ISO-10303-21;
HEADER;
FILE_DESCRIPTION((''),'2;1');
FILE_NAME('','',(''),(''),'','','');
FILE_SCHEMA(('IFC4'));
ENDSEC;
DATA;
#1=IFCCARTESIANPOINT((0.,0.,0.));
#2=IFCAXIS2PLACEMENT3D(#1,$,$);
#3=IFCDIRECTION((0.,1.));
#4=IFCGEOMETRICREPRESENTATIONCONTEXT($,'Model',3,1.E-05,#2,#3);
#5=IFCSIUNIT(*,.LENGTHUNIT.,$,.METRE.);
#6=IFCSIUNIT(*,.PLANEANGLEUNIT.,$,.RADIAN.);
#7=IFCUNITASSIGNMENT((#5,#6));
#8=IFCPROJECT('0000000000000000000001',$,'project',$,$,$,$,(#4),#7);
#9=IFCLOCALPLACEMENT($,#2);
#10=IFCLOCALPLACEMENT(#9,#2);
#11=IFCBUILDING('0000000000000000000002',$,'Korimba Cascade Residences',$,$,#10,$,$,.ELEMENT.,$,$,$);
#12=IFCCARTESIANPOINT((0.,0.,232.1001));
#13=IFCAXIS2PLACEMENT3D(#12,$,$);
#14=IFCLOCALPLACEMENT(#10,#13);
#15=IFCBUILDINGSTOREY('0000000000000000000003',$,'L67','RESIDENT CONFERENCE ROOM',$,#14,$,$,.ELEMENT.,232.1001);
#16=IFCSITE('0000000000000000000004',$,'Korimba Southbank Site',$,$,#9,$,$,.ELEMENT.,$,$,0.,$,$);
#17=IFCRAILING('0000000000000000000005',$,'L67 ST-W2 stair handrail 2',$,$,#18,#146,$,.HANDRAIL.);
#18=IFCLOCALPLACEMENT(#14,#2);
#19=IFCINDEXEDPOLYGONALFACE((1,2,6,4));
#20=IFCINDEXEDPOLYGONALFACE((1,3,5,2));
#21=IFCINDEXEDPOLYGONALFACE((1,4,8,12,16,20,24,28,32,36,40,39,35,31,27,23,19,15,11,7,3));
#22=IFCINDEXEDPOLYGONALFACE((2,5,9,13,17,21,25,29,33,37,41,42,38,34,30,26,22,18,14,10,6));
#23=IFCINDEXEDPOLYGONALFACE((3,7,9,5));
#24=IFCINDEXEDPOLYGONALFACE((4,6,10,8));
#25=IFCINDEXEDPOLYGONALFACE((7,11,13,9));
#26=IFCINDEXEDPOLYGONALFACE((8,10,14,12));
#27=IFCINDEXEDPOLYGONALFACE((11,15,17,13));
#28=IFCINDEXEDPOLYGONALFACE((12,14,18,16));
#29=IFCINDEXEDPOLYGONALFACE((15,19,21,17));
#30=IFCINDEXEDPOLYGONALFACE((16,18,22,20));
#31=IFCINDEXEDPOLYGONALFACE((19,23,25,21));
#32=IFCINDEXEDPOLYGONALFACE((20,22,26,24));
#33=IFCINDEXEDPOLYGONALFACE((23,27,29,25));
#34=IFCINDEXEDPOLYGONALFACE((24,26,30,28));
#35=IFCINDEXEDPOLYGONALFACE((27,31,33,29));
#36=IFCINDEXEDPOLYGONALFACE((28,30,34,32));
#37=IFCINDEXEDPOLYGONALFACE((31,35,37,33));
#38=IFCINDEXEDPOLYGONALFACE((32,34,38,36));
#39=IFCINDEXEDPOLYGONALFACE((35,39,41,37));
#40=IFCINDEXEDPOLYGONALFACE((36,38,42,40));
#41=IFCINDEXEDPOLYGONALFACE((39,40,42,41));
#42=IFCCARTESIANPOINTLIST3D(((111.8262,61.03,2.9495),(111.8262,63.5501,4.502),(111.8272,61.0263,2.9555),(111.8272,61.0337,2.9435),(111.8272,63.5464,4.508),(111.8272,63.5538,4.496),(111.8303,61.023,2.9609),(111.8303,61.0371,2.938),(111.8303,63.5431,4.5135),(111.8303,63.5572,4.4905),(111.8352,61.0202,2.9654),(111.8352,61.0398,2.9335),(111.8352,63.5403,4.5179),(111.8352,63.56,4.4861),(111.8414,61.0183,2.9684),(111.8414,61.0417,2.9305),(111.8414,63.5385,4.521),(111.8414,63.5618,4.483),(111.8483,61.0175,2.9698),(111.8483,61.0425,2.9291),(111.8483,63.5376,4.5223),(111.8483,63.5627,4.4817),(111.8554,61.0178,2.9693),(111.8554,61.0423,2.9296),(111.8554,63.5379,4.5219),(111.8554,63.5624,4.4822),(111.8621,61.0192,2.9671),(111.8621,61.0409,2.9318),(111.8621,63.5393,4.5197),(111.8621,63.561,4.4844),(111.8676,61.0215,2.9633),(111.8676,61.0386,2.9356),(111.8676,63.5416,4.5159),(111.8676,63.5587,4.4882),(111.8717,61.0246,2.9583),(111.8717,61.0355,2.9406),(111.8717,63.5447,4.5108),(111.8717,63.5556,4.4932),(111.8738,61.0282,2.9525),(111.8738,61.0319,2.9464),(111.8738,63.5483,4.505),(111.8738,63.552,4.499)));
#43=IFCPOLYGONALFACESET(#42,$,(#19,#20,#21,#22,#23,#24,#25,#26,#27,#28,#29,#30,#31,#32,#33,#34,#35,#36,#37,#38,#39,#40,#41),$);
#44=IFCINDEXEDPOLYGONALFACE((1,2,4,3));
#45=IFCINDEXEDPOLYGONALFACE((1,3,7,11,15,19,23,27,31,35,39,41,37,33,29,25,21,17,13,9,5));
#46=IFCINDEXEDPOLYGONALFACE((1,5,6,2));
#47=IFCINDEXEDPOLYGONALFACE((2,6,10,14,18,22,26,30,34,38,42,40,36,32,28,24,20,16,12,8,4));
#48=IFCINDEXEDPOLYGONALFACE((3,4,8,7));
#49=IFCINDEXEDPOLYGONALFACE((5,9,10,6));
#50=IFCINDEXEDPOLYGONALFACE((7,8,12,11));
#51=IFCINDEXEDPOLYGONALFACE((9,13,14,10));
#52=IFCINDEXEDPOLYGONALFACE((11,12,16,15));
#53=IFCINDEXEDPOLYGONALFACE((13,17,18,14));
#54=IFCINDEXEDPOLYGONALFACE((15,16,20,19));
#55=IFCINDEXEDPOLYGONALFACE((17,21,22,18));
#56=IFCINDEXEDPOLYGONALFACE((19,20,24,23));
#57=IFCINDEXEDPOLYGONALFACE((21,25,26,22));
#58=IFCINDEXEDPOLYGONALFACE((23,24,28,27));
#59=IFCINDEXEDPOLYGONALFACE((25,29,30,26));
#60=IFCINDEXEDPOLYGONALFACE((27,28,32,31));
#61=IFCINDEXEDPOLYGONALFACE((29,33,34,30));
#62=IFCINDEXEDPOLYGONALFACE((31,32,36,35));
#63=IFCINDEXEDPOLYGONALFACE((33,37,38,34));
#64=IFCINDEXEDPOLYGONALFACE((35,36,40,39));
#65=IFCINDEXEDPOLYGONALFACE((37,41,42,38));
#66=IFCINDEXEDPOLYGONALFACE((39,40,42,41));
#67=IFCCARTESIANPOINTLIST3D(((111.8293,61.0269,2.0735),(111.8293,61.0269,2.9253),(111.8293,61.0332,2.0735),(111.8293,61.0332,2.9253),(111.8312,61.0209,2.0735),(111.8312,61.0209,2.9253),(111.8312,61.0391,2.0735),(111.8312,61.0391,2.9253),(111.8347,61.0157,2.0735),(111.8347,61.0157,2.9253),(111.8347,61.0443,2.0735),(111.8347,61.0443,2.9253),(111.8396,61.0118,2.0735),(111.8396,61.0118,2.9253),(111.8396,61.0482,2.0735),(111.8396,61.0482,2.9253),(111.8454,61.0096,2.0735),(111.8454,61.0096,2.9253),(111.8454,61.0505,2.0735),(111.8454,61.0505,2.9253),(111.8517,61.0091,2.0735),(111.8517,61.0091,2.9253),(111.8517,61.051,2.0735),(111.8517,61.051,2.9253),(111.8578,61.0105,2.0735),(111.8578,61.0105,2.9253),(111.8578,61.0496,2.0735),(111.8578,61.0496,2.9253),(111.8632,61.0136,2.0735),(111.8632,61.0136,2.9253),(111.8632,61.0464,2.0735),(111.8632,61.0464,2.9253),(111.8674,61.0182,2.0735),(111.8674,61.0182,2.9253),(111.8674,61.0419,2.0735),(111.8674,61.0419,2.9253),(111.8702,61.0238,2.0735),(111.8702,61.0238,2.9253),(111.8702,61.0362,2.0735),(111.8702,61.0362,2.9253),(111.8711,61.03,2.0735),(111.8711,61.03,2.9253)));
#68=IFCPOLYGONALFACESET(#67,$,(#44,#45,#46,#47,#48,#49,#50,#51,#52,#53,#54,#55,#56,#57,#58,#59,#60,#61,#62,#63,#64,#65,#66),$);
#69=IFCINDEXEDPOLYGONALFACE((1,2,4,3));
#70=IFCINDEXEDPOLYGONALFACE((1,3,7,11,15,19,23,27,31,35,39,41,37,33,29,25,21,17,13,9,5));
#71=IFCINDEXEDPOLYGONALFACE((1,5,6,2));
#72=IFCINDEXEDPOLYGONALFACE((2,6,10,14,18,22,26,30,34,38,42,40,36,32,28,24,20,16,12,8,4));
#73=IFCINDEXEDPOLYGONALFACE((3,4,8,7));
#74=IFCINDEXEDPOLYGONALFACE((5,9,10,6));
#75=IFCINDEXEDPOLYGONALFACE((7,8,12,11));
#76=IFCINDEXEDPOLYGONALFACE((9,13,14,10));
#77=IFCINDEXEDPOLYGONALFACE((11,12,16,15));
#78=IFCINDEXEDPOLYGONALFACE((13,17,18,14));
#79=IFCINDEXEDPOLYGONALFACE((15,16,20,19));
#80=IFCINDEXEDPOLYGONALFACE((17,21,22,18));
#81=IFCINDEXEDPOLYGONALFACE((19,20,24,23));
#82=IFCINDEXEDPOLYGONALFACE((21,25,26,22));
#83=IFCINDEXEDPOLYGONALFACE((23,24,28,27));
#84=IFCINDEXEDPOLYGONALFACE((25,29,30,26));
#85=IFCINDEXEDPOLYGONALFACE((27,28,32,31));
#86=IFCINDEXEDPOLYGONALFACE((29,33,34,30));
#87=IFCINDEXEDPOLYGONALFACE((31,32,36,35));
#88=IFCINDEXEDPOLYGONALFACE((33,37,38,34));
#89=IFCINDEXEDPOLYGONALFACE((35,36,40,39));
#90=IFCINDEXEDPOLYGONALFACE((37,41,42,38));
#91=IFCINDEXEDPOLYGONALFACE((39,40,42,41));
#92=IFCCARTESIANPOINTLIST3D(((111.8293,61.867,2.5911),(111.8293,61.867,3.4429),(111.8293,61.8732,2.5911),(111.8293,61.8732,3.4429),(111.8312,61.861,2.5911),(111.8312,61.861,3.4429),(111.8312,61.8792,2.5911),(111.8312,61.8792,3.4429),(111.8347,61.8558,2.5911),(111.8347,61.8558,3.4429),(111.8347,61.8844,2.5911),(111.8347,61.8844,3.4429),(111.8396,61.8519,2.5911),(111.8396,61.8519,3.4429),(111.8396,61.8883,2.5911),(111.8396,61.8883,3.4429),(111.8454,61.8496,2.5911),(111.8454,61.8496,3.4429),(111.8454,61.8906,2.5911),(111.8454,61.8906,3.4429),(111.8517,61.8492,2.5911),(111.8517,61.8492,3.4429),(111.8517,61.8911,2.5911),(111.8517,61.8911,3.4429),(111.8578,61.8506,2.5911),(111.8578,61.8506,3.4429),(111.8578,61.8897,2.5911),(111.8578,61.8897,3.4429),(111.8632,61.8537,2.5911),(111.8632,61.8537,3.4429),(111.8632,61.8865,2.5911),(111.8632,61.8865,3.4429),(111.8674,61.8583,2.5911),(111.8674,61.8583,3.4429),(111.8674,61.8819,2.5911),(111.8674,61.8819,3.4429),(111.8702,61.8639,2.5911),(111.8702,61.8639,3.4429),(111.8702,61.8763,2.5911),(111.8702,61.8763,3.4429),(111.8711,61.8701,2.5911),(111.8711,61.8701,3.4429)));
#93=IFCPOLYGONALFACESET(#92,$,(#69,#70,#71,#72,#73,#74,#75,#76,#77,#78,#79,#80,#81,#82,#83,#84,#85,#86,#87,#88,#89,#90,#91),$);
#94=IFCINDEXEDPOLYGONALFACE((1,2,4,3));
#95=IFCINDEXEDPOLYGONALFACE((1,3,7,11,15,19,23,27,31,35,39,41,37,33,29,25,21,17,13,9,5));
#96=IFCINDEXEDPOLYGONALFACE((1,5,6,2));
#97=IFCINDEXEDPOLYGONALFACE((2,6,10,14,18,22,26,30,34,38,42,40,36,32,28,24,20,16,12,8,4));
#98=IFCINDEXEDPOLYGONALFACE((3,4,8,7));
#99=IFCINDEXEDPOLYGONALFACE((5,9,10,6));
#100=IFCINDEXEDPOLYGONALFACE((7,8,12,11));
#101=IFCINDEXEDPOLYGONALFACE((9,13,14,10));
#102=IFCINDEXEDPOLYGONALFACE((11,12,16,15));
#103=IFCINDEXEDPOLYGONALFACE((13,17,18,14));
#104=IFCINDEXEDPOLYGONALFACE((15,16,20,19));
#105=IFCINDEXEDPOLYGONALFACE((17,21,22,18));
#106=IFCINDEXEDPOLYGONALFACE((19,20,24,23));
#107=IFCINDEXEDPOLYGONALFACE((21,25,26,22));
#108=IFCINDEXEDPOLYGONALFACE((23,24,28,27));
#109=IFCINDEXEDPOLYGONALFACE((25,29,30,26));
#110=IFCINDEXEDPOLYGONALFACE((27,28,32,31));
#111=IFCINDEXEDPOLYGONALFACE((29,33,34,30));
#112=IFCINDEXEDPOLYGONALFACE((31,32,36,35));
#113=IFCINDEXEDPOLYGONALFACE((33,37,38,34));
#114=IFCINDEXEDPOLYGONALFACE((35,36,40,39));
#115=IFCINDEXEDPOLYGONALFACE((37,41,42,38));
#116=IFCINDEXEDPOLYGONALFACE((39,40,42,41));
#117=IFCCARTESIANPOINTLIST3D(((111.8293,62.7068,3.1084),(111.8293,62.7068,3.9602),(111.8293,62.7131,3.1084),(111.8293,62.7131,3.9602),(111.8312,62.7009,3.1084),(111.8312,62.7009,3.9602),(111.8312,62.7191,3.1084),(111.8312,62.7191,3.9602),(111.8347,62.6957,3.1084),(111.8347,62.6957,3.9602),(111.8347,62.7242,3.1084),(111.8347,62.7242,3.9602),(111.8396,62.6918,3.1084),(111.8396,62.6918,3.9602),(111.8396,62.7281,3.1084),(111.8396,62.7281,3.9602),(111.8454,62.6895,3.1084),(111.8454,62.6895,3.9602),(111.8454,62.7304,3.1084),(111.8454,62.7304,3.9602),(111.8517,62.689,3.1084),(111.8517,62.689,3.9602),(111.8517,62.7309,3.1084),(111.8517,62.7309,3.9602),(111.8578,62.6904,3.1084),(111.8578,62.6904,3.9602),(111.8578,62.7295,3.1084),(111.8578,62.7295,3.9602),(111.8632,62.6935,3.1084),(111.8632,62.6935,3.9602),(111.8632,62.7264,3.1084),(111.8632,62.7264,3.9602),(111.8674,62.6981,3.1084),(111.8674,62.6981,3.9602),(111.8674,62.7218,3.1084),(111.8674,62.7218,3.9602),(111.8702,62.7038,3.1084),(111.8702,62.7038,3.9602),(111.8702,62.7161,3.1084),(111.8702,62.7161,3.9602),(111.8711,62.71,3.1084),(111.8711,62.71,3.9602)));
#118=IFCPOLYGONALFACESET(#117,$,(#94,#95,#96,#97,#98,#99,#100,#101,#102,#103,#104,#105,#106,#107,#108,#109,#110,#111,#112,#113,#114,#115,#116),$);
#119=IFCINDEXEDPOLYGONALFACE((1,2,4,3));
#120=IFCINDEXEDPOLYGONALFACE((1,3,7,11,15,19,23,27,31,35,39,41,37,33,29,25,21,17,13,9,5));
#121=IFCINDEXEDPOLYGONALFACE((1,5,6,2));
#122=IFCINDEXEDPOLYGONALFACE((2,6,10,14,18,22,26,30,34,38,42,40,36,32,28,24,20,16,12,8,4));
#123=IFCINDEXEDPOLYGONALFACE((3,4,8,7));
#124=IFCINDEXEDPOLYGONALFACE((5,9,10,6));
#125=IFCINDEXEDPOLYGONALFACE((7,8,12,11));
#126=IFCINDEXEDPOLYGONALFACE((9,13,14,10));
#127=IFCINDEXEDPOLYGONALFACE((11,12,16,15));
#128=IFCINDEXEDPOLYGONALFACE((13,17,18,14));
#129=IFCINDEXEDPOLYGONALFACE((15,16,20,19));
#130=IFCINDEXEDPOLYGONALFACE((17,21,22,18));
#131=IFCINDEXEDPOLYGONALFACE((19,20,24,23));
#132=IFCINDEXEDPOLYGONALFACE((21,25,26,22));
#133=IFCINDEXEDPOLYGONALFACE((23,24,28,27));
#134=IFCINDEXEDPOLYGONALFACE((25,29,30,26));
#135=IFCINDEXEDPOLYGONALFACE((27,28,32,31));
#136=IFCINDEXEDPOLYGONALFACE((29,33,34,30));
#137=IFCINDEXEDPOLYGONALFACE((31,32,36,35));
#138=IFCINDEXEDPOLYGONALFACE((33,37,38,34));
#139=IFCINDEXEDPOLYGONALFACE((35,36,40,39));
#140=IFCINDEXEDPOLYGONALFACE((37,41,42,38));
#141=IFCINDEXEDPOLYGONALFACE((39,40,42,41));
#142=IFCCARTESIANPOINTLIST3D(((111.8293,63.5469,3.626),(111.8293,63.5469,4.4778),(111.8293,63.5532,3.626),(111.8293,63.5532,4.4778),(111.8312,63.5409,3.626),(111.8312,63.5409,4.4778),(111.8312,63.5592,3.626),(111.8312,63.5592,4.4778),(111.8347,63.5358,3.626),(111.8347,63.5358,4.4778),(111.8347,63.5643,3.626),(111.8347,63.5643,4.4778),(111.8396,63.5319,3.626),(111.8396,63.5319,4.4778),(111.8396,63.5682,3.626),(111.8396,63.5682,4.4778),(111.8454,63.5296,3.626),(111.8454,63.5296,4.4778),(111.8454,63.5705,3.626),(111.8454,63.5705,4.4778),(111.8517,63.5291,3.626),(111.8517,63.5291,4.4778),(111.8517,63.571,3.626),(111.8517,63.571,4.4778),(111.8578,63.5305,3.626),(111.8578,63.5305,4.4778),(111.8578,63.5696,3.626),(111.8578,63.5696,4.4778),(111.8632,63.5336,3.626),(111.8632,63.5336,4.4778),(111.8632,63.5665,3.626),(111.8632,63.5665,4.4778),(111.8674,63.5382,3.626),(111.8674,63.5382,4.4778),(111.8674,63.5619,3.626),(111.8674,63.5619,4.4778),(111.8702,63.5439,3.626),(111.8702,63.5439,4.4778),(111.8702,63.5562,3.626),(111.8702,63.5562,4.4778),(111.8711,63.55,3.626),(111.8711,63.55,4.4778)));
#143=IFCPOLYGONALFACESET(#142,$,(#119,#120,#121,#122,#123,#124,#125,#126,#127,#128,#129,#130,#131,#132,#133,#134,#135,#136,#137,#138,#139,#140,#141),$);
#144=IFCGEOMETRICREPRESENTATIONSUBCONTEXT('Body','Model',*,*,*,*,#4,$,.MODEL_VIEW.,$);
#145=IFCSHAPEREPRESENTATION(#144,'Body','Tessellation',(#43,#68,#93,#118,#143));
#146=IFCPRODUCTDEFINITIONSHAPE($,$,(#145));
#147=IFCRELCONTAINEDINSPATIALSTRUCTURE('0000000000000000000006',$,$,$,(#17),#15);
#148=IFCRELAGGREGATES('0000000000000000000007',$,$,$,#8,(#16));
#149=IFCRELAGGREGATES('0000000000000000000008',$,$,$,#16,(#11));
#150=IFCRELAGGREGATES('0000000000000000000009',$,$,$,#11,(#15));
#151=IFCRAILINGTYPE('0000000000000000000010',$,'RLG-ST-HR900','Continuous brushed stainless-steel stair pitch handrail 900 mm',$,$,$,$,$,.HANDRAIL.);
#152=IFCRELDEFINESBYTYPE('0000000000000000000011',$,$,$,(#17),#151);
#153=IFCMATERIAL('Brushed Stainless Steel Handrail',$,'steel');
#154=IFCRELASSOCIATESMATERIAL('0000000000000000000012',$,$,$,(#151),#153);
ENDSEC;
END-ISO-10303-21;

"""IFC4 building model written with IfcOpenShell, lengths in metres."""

from ifc_helpers import new_model, si_unit, direction, frame, origin, origin_2d, place, context, subcontext, project, spatial, circle, extrude, material, type_object, element, save


model = new_model("IFC4")

# Units and contexts
model_context = context("Model", 3, precision=1e-05, world=origin(), true_north=direction((0.0, 1.0)))
body_context = subcontext(model_context, "Body", "Model", "MODEL_VIEW")
ifc_project = project(units=[si_unit("LENGTHUNIT", "METRE"), si_unit("PLANEANGLEUNIT", "RADIAN")], contexts=[model_context])

# Site, building, storey
site_placement = place(None, origin())
site = spatial("IfcSite", under=ifc_project, at=site_placement, Name="Korimba Southbank Site", CompositionType="ELEMENT", RefElevation=0.0)
building_placement = place(site_placement, origin())
building = spatial("IfcBuilding", under=site, at=building_placement, Name="Korimba Cascade Residences", CompositionType="ELEMENT")
storey_placement = place(building_placement, frame((0.0, 0.0, 232.1001)))
storey = spatial("IfcBuildingStorey", under=building, at=storey_placement, Name="L67", Description="RESIDENT CONFERENCE ROOM", CompositionType="ELEMENT", Elevation=232.1001)

# Railing
ifc_material_1 = material(Name="Brushed Stainless Steel Handrail", Category="steel")
railing_type = type_object("IfcRailingType", Name="RLG-ST-HR900", Description="Continuous brushed stainless-steel stair pitch handrail 900 mm", PredefinedType="HANDRAIL", material=ifc_material_1)
railing_placement = place(storey_placement, frame((111.8501, 61.03, 2.0735)))
element("IfcRailing", 1, at=railing_placement, inside=storey, type_object=railing_type, Name="L67 ST-W2 stair handrail 2", PredefinedType="HANDRAIL", context=body_context, shape_type="SweptSolid", body=[
    extrude(circle(Radius=0.0239, at=origin_2d()), frame((0.0, 0.0, 0.876), z_axis=(0.0, 0.8514, 0.524516), x_axis=(-1.0, 0.0, 0.0)), (0.0, 0.0, 1.0), 2.96),
    extrude(circle(Radius=0.021, at=origin_2d()), origin(), (0.0, 0.0, 1.0), 0.8518),
    extrude(circle(Radius=0.021, at=origin_2d()), frame((0.0, 0.8401, 0.5176)), (0.0, 0.0, 1.0), 0.8518),
    extrude(circle(Radius=0.021, at=origin_2d()), frame((0.0, 1.6799, 1.0349)), (0.0, 0.0, 1.0), 0.8518),
    extrude(circle(Radius=0.021, at=origin_2d()), frame((0.0, 2.52, 1.5525)), (0.0, 0.0, 1.0), 0.8518),
])

save(model, "model.ifc")
